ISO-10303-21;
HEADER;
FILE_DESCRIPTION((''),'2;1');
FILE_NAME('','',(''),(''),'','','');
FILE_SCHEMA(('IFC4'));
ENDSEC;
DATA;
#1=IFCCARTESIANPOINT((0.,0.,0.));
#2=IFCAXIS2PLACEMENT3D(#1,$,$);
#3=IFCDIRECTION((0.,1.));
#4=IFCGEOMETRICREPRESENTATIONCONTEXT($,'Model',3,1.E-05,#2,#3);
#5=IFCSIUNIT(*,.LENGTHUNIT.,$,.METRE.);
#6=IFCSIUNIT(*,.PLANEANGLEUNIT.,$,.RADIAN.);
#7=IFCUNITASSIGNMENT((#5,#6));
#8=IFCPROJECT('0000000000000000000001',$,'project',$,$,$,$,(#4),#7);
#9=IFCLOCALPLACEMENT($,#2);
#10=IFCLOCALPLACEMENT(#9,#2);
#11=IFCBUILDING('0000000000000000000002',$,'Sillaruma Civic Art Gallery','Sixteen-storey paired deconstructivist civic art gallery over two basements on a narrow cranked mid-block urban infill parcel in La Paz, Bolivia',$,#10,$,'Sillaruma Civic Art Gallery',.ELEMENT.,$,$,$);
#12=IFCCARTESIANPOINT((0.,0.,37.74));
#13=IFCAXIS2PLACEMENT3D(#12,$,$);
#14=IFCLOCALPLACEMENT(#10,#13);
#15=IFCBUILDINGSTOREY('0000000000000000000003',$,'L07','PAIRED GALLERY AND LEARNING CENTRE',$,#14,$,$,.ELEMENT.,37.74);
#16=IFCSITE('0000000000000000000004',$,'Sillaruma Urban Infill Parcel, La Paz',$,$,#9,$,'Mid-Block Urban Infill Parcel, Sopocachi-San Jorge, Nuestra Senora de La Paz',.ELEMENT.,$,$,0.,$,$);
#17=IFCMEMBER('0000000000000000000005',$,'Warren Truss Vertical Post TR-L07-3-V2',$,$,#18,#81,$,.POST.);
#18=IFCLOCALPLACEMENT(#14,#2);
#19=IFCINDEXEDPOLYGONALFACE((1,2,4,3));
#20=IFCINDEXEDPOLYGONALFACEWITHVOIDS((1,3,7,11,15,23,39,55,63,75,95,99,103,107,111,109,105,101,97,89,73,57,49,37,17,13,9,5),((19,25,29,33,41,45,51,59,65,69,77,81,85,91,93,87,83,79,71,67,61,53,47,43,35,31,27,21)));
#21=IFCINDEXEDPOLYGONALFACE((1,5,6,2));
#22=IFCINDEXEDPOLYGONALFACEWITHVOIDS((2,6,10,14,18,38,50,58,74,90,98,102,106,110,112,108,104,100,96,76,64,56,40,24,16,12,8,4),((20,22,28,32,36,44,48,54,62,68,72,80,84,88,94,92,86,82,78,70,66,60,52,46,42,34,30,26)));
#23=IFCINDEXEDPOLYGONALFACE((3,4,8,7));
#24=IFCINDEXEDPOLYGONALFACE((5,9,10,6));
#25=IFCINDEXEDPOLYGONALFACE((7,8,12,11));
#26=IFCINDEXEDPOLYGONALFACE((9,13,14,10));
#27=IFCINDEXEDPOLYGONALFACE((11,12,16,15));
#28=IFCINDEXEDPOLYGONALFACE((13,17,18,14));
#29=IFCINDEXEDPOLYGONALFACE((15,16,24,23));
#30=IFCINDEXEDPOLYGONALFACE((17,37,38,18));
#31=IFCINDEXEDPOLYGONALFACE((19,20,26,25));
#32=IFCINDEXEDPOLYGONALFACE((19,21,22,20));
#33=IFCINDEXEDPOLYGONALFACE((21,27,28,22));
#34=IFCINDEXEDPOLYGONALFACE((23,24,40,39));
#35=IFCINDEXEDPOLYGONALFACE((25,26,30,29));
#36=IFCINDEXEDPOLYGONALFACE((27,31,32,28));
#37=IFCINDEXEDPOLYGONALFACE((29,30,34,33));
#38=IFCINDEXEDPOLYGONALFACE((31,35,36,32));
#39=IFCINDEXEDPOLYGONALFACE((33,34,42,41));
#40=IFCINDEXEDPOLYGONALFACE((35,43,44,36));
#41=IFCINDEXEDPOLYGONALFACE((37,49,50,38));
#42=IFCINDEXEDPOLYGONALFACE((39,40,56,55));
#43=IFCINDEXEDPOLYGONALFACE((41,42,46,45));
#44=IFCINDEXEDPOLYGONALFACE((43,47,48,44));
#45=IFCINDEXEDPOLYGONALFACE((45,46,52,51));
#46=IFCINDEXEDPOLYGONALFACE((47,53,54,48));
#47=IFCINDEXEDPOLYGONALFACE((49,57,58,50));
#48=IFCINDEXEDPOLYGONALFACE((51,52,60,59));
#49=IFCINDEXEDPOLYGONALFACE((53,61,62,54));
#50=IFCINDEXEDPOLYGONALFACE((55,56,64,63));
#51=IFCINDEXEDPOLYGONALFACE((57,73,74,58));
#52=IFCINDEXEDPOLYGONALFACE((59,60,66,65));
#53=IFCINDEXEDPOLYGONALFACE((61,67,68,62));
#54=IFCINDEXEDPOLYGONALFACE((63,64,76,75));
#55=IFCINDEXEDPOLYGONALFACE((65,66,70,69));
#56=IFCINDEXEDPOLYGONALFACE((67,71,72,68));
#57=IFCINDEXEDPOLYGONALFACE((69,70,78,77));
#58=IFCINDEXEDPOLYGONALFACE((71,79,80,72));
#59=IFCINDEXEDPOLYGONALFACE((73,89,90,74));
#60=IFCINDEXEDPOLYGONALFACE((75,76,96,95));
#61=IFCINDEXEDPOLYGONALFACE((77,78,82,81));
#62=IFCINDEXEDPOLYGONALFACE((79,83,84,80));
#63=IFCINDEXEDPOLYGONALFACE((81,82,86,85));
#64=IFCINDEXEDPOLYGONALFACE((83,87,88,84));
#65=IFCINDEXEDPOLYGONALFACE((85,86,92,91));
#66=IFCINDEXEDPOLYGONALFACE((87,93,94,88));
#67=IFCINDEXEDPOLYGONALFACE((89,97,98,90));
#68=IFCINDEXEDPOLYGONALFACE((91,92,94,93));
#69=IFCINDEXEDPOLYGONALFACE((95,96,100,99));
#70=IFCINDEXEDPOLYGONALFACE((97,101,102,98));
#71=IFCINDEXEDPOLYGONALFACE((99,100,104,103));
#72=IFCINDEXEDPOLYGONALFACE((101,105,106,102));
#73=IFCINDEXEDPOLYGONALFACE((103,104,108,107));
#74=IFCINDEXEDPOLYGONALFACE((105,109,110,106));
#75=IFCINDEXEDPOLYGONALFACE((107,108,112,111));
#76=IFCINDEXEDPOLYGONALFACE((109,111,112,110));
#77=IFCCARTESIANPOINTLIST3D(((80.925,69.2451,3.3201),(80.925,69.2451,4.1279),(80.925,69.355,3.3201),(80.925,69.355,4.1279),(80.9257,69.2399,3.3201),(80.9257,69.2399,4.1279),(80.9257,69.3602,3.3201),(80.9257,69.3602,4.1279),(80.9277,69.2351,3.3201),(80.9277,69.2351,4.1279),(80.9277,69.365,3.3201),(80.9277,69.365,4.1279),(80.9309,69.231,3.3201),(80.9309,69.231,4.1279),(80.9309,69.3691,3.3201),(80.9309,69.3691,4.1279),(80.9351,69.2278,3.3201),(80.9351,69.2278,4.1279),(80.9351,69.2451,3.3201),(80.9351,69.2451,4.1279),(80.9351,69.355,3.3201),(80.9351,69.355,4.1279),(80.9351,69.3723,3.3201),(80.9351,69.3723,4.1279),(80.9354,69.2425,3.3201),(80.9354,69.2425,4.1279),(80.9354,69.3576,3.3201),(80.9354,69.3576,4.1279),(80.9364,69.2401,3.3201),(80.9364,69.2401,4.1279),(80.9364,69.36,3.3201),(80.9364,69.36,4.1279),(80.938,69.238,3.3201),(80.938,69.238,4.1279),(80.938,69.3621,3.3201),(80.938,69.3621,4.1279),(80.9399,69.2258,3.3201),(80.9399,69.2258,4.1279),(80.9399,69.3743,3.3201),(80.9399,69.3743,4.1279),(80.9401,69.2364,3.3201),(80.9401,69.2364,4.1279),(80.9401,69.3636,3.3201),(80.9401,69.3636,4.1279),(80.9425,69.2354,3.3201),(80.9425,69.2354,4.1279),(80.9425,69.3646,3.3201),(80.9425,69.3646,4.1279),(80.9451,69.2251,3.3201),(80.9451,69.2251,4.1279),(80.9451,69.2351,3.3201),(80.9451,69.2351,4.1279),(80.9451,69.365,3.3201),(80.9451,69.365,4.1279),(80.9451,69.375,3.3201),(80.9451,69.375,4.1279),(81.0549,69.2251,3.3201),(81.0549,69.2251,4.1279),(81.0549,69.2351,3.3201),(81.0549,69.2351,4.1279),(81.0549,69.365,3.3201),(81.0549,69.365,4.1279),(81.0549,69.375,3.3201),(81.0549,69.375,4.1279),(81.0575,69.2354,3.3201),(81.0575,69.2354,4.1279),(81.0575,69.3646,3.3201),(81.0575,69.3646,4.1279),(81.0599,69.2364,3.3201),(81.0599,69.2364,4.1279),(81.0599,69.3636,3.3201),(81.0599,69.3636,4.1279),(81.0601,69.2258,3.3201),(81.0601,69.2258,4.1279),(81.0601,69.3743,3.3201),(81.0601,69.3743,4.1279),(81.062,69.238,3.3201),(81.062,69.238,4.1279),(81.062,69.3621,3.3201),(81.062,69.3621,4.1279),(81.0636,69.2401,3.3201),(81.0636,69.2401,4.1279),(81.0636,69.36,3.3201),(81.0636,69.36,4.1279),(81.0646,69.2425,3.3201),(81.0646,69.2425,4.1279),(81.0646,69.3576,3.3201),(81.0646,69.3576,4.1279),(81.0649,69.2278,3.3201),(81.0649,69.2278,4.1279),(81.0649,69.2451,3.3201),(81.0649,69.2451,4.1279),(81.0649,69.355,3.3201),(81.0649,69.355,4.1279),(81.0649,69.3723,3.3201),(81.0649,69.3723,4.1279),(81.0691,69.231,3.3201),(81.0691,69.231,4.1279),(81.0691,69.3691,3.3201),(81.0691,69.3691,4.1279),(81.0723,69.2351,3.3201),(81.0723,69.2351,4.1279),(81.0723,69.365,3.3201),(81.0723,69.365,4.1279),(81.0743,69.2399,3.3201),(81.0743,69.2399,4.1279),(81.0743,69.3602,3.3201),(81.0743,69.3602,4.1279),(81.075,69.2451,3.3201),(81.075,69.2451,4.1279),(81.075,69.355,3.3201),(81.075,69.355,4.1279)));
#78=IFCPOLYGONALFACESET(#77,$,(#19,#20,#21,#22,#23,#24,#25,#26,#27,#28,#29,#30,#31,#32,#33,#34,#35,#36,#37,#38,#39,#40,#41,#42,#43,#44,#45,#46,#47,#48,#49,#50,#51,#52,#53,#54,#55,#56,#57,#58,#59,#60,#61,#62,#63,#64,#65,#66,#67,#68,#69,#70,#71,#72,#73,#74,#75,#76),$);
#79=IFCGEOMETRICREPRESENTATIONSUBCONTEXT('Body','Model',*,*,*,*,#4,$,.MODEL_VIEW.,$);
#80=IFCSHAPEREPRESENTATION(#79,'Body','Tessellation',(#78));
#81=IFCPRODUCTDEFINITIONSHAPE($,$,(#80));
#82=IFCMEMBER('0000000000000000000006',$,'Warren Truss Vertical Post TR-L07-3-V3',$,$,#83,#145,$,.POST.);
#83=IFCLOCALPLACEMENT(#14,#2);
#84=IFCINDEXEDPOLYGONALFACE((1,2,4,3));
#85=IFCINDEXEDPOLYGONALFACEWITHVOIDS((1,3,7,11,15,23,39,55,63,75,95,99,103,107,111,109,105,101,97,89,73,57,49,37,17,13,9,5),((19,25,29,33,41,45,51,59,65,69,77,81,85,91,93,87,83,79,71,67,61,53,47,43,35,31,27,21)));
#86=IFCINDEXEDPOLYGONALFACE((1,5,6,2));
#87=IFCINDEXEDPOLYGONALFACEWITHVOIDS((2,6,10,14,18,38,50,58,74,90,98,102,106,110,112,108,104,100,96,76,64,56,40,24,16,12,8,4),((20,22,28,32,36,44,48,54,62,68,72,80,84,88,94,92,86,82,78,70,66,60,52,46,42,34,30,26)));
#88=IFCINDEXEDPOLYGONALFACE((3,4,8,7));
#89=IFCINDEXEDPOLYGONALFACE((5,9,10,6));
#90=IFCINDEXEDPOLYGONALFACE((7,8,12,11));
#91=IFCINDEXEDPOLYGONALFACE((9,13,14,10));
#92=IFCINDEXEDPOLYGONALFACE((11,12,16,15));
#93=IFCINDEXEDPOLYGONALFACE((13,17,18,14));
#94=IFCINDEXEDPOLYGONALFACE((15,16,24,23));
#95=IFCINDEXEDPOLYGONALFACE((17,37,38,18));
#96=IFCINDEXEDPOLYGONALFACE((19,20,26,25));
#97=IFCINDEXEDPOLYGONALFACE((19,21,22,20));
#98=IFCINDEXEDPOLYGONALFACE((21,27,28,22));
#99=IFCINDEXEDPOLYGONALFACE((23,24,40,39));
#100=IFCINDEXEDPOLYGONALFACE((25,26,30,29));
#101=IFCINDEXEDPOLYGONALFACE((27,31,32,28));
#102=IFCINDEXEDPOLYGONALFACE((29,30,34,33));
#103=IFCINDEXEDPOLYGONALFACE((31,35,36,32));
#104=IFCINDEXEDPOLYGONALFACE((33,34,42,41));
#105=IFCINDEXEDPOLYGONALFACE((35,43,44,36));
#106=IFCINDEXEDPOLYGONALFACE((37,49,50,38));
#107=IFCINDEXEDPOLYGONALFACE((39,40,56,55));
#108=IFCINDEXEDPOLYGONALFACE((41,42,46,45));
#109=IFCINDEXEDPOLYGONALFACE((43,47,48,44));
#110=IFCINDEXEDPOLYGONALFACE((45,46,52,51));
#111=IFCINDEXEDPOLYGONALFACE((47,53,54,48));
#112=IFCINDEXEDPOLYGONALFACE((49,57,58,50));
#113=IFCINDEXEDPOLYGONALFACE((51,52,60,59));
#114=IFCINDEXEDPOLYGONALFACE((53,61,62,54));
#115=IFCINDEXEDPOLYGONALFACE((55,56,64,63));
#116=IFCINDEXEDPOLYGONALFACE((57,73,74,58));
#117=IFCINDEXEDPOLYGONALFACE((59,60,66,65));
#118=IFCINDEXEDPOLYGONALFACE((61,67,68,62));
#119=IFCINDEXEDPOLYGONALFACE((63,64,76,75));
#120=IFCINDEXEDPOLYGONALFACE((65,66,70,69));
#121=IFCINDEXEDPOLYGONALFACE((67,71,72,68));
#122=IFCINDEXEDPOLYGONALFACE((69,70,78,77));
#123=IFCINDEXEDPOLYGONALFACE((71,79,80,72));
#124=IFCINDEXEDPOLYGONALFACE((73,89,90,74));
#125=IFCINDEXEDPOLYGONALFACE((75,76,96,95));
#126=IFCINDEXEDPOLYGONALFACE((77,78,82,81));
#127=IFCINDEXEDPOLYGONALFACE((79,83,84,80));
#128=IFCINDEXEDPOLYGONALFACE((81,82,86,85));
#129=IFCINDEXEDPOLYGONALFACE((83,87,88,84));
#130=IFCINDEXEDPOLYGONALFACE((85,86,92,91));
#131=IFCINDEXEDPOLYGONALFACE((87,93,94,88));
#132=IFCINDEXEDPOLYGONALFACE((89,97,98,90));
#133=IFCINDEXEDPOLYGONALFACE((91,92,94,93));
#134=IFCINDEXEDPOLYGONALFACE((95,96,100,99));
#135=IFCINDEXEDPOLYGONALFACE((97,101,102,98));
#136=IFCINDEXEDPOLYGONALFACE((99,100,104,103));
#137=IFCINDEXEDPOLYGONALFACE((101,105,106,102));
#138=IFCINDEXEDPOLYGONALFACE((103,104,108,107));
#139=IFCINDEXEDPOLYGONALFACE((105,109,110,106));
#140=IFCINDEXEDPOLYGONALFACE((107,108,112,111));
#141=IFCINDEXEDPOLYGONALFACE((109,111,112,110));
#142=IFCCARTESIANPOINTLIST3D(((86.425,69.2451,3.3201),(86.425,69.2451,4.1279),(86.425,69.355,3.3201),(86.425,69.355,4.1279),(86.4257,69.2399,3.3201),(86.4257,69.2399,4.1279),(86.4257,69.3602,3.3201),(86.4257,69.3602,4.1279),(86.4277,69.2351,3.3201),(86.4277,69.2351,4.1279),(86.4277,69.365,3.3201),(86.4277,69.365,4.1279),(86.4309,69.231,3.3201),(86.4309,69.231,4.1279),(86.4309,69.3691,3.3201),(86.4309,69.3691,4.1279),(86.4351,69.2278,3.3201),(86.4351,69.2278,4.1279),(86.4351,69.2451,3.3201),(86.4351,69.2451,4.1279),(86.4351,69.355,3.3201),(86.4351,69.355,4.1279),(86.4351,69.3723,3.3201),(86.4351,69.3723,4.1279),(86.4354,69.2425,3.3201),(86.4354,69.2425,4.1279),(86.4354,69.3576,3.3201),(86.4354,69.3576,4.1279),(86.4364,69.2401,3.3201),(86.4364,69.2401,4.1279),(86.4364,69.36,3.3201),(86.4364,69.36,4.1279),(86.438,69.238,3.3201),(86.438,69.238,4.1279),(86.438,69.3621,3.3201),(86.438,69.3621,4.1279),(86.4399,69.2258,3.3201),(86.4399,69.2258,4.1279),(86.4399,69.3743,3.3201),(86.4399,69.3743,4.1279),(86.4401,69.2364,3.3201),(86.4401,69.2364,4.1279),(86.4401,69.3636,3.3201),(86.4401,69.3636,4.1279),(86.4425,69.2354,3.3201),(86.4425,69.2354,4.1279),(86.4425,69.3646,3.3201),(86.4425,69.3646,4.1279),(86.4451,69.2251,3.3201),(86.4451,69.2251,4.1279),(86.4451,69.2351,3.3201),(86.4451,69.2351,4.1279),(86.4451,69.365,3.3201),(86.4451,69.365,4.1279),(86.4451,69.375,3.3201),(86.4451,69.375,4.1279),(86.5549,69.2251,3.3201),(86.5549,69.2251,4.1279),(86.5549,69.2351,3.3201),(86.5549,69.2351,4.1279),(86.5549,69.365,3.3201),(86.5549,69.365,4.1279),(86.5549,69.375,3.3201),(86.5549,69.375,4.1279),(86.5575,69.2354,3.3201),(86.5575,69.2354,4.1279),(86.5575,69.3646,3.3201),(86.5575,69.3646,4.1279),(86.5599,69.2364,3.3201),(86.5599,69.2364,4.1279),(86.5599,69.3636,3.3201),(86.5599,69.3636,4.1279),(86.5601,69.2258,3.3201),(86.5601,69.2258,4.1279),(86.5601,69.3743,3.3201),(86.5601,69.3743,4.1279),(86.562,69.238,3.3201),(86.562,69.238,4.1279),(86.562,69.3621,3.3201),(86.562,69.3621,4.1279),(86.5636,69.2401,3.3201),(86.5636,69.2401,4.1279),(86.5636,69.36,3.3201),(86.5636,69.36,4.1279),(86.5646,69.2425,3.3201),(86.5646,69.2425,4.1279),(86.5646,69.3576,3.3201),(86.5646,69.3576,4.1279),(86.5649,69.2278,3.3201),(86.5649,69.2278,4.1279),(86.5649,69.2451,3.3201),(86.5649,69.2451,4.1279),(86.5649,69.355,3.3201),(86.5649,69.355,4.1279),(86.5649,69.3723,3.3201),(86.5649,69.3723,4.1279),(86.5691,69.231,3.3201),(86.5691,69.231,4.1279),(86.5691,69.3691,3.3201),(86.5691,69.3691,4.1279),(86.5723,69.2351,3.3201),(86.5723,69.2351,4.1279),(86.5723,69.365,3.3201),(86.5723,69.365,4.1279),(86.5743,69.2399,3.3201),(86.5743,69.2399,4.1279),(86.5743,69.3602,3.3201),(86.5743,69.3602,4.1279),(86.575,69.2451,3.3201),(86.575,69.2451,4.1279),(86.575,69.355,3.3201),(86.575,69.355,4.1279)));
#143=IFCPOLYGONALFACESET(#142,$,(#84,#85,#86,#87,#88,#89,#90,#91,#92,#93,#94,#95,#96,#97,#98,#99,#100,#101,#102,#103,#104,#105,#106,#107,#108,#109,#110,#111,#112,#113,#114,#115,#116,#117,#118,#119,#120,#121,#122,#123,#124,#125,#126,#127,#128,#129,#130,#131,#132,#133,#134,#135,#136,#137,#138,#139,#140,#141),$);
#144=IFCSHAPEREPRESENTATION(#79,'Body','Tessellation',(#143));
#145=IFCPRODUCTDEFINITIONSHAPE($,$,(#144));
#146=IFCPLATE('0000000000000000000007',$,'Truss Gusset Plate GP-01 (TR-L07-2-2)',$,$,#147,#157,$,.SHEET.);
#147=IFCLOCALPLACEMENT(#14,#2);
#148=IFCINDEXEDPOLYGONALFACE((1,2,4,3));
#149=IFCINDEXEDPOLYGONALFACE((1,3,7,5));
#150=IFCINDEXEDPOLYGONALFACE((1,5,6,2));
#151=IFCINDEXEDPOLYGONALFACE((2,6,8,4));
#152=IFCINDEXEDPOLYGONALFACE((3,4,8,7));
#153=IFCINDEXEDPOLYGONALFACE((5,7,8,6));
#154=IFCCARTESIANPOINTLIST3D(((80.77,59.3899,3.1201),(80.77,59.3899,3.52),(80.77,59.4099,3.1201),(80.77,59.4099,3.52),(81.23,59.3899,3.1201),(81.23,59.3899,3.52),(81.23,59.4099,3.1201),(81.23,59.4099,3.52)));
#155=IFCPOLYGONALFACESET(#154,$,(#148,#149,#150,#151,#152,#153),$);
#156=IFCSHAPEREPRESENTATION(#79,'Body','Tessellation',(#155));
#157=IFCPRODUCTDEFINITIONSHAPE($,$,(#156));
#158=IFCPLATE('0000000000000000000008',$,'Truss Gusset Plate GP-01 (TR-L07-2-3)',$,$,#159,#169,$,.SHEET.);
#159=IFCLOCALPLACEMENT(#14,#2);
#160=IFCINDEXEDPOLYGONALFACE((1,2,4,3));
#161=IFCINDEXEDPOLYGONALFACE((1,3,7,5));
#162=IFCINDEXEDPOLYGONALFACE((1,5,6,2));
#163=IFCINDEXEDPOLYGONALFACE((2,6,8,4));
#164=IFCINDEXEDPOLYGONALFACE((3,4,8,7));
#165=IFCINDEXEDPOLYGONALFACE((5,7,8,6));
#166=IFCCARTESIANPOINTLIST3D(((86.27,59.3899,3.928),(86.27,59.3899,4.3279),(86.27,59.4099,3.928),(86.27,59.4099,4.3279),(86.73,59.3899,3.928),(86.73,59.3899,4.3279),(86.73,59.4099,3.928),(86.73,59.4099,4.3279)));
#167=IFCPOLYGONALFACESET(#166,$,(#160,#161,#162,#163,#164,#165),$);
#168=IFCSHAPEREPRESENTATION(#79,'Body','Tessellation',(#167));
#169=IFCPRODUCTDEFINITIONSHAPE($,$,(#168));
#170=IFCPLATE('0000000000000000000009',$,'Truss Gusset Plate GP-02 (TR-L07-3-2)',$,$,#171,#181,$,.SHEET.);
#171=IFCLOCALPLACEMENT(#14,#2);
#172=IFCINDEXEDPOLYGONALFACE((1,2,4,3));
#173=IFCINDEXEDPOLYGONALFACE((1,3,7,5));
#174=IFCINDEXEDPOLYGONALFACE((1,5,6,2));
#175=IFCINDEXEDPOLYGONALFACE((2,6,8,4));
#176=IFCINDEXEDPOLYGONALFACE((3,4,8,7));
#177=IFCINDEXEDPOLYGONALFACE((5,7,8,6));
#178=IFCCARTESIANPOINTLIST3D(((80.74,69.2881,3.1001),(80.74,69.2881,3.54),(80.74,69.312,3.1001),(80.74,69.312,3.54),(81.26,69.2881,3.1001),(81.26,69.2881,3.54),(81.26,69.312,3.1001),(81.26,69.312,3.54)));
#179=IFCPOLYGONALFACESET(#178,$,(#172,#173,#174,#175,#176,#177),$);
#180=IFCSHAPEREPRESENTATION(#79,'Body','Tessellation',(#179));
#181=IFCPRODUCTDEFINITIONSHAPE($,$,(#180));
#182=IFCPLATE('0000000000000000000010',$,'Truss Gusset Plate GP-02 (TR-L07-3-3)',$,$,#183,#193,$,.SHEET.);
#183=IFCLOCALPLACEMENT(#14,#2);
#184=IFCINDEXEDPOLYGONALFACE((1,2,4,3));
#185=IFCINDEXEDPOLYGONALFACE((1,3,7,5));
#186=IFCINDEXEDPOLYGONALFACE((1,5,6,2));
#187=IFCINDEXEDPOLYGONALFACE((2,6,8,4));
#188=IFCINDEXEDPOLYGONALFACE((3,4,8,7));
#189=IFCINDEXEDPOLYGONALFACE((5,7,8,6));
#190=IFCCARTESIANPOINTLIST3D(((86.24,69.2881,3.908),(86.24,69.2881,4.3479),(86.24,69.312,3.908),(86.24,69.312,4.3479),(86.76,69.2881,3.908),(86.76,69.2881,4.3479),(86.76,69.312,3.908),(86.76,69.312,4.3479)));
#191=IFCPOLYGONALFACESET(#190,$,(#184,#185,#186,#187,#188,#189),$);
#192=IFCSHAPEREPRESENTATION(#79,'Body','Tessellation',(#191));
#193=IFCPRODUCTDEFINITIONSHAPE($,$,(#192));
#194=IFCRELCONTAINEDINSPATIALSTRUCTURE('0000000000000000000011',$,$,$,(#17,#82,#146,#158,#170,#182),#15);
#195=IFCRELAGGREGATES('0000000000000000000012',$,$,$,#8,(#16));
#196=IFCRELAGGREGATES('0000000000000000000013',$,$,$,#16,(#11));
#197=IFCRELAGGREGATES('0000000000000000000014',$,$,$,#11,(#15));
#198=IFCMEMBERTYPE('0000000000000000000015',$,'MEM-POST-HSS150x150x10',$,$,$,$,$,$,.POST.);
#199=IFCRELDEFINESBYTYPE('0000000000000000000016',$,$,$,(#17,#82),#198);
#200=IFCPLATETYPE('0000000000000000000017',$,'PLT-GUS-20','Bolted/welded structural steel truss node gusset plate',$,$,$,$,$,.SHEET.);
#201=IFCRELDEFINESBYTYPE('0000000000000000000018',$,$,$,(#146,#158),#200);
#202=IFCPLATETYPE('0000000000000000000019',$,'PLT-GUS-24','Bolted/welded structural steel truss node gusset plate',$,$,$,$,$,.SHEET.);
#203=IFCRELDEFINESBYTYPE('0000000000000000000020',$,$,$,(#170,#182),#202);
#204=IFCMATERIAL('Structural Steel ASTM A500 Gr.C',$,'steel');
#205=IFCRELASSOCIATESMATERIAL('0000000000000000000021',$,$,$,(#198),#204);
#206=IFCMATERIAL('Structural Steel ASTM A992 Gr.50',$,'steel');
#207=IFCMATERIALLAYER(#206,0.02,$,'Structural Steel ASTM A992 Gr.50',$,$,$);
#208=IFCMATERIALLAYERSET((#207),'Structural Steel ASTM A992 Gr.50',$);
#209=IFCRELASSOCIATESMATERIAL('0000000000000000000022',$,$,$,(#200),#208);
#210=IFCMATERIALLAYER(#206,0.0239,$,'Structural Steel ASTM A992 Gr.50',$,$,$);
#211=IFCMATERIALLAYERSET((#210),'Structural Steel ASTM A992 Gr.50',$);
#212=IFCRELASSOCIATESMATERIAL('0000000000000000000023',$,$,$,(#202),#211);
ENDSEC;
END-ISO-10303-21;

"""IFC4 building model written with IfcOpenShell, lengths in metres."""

from ifc_helpers import new_model, si_unit, direction, frame, origin, origin_2d, place, context, subcontext, project, spatial, rectangle, hollow_rectangle, extrude, material, layer, layer_set, material_profile, profile_set, type_object, element, save


model = new_model("IFC4")

# Units and contexts
model_context = context("Model", 3, precision=1e-05, world=origin(), true_north=direction((0.0, 1.0)))
body_context = subcontext(model_context, "Body", "Model", "MODEL_VIEW")
ifc_project = project(units=[si_unit("LENGTHUNIT", "METRE"), si_unit("PLANEANGLEUNIT", "RADIAN")], contexts=[model_context])

# Site, building, storey
site_placement = place(None, origin())
site = spatial("IfcSite", under=ifc_project, at=site_placement, Name="Sillaruma Urban Infill Parcel, La Paz", LongName="Mid-Block Urban Infill Parcel, Sopocachi-San Jorge, Nuestra Senora de La Paz", CompositionType="ELEMENT", RefElevation=0.0)
building_placement = place(site_placement, origin())
building = spatial("IfcBuilding", under=site, at=building_placement, Name="Sillaruma Civic Art Gallery", Description="Sixteen-storey paired deconstructivist civic art gallery over two basements on a narrow cranked mid-block urban infill parcel in La Paz, Bolivia", LongName="Sillaruma Civic Art Gallery", CompositionType="ELEMENT")
storey_placement = place(building_placement, frame((0.0, 0.0, 37.74)))
storey = spatial("IfcBuildingStorey", under=building, at=storey_placement, Name="L07", Description="PAIRED GALLERY AND LEARNING CENTRE", CompositionType="ELEMENT", Elevation=37.74)

# Shared definitions
ifc_material_1 = material(Name="Structural Steel ASTM A500 Gr.C", Category="steel")
ifc_material_2 = material(Name="Structural Steel ASTM A992 Gr.50", Category="steel")

# Members
ifc_material_profile_1 = material_profile(ifc_material_1, hollow_rectangle(XDim=0.1499, YDim=0.1499, WallThickness=0.01, InnerFilletRadius=0.01, OuterFilletRadius=0.02, at=origin_2d()), Name="HSS150x150x10")
ifc_profile_set_1 = profile_set([ifc_material_profile_1], Name="Structural Steel ASTM A500 Gr.C")
member_type_1 = type_object("IfcMemberType", Name="MEM-POST-HSS150x150x10", PredefinedType="POST", material=ifc_profile_set_1)
for number, where, z_axis, x_axis, name in (
    (1, (81.0, 69.3, 3.3201), (0.0, 0.0, 1.0), (1.0, 0.0, 0.0), "Warren Truss Vertical Post TR-L07-3-V2"),
    (2, (86.5, 69.3, 3.3201), (0.0, 0.0, 1.0), (1.0, 0.0, 0.0), "Warren Truss Vertical Post TR-L07-3-V3"),
):
    element("IfcMember", number, at=place(storey_placement, frame(where, z_axis=z_axis, x_axis=x_axis)), inside=storey, type_object=member_type_1, Name=name, PredefinedType="POST", context=body_context, shape_type="SweptSolid", body=[
        extrude(hollow_rectangle(XDim=0.1499, YDim=0.1499, WallThickness=0.01, InnerFilletRadius=0.01, OuterFilletRadius=0.02, at=origin_2d()), origin(), (0.0, 0.0, 1.0), 0.8079),
    ])

# Plates
ifc_layer_1 = layer(ifc_material_2, 0.02, Name="Structural Steel ASTM A992 Gr.50")
ifc_layer_set_1 = layer_set([ifc_layer_1], Name="Structural Steel ASTM A992 Gr.50")
plate_type_1 = type_object("IfcPlateType", Name="PLT-GUS-20", Description="Bolted/welded structural steel truss node gusset plate", PredefinedType="SHEET", material=ifc_layer_set_1)
for number, where, z_axis, x_axis, name in (
    (3, (81.0, 59.3999, 3.1201), (0.0, 0.0, 1.0), (1.0, 0.0, 0.0), "Truss Gusset Plate GP-01 (TR-L07-2-2)"),
    (4, (86.5, 59.3999, 3.928), (0.0, 0.0, 1.0), (1.0, 0.0, 0.0), "Truss Gusset Plate GP-01 (TR-L07-2-3)"),
):
    element("IfcPlate", number, at=place(storey_placement, frame(where, z_axis=z_axis, x_axis=x_axis)), inside=storey, type_object=plate_type_1, Name=name, PredefinedType="SHEET", context=body_context, shape_type="SweptSolid", body=[
        extrude(rectangle(XDim=0.46, YDim=0.02, at=origin_2d()), origin(), (0.0, 0.0, 1.0), 0.3999),
    ])
ifc_layer_2 = layer(ifc_material_2, 0.0239, Name="Structural Steel ASTM A992 Gr.50")
ifc_layer_set_2 = layer_set([ifc_layer_2], Name="Structural Steel ASTM A992 Gr.50")
plate_type_2 = type_object("IfcPlateType", Name="PLT-GUS-24", Description="Bolted/welded structural steel truss node gusset plate", PredefinedType="SHEET", material=ifc_layer_set_2)
for number, where, z_axis, x_axis, name in (
    (5, (81.0, 69.3, 3.1001), (0.0, 0.0, 1.0), (1.0, 0.0, 0.0), "Truss Gusset Plate GP-02 (TR-L07-3-2)"),
    (6, (86.5, 69.3, 3.908), (0.0, 0.0, 1.0), (1.0, 0.0, 0.0), "Truss Gusset Plate GP-02 (TR-L07-3-3)"),
):
    element("IfcPlate", number, at=place(storey_placement, frame(where, z_axis=z_axis, x_axis=x_axis)), inside=storey, type_object=plate_type_2, Name=name, PredefinedType="SHEET", context=body_context, shape_type="SweptSolid", body=[
        extrude(rectangle(XDim=0.52, YDim=0.0239, at=origin_2d()), origin(), (0.0, 0.0, 1.0), 0.4399),
    ])

save(model, "model.ifc")
